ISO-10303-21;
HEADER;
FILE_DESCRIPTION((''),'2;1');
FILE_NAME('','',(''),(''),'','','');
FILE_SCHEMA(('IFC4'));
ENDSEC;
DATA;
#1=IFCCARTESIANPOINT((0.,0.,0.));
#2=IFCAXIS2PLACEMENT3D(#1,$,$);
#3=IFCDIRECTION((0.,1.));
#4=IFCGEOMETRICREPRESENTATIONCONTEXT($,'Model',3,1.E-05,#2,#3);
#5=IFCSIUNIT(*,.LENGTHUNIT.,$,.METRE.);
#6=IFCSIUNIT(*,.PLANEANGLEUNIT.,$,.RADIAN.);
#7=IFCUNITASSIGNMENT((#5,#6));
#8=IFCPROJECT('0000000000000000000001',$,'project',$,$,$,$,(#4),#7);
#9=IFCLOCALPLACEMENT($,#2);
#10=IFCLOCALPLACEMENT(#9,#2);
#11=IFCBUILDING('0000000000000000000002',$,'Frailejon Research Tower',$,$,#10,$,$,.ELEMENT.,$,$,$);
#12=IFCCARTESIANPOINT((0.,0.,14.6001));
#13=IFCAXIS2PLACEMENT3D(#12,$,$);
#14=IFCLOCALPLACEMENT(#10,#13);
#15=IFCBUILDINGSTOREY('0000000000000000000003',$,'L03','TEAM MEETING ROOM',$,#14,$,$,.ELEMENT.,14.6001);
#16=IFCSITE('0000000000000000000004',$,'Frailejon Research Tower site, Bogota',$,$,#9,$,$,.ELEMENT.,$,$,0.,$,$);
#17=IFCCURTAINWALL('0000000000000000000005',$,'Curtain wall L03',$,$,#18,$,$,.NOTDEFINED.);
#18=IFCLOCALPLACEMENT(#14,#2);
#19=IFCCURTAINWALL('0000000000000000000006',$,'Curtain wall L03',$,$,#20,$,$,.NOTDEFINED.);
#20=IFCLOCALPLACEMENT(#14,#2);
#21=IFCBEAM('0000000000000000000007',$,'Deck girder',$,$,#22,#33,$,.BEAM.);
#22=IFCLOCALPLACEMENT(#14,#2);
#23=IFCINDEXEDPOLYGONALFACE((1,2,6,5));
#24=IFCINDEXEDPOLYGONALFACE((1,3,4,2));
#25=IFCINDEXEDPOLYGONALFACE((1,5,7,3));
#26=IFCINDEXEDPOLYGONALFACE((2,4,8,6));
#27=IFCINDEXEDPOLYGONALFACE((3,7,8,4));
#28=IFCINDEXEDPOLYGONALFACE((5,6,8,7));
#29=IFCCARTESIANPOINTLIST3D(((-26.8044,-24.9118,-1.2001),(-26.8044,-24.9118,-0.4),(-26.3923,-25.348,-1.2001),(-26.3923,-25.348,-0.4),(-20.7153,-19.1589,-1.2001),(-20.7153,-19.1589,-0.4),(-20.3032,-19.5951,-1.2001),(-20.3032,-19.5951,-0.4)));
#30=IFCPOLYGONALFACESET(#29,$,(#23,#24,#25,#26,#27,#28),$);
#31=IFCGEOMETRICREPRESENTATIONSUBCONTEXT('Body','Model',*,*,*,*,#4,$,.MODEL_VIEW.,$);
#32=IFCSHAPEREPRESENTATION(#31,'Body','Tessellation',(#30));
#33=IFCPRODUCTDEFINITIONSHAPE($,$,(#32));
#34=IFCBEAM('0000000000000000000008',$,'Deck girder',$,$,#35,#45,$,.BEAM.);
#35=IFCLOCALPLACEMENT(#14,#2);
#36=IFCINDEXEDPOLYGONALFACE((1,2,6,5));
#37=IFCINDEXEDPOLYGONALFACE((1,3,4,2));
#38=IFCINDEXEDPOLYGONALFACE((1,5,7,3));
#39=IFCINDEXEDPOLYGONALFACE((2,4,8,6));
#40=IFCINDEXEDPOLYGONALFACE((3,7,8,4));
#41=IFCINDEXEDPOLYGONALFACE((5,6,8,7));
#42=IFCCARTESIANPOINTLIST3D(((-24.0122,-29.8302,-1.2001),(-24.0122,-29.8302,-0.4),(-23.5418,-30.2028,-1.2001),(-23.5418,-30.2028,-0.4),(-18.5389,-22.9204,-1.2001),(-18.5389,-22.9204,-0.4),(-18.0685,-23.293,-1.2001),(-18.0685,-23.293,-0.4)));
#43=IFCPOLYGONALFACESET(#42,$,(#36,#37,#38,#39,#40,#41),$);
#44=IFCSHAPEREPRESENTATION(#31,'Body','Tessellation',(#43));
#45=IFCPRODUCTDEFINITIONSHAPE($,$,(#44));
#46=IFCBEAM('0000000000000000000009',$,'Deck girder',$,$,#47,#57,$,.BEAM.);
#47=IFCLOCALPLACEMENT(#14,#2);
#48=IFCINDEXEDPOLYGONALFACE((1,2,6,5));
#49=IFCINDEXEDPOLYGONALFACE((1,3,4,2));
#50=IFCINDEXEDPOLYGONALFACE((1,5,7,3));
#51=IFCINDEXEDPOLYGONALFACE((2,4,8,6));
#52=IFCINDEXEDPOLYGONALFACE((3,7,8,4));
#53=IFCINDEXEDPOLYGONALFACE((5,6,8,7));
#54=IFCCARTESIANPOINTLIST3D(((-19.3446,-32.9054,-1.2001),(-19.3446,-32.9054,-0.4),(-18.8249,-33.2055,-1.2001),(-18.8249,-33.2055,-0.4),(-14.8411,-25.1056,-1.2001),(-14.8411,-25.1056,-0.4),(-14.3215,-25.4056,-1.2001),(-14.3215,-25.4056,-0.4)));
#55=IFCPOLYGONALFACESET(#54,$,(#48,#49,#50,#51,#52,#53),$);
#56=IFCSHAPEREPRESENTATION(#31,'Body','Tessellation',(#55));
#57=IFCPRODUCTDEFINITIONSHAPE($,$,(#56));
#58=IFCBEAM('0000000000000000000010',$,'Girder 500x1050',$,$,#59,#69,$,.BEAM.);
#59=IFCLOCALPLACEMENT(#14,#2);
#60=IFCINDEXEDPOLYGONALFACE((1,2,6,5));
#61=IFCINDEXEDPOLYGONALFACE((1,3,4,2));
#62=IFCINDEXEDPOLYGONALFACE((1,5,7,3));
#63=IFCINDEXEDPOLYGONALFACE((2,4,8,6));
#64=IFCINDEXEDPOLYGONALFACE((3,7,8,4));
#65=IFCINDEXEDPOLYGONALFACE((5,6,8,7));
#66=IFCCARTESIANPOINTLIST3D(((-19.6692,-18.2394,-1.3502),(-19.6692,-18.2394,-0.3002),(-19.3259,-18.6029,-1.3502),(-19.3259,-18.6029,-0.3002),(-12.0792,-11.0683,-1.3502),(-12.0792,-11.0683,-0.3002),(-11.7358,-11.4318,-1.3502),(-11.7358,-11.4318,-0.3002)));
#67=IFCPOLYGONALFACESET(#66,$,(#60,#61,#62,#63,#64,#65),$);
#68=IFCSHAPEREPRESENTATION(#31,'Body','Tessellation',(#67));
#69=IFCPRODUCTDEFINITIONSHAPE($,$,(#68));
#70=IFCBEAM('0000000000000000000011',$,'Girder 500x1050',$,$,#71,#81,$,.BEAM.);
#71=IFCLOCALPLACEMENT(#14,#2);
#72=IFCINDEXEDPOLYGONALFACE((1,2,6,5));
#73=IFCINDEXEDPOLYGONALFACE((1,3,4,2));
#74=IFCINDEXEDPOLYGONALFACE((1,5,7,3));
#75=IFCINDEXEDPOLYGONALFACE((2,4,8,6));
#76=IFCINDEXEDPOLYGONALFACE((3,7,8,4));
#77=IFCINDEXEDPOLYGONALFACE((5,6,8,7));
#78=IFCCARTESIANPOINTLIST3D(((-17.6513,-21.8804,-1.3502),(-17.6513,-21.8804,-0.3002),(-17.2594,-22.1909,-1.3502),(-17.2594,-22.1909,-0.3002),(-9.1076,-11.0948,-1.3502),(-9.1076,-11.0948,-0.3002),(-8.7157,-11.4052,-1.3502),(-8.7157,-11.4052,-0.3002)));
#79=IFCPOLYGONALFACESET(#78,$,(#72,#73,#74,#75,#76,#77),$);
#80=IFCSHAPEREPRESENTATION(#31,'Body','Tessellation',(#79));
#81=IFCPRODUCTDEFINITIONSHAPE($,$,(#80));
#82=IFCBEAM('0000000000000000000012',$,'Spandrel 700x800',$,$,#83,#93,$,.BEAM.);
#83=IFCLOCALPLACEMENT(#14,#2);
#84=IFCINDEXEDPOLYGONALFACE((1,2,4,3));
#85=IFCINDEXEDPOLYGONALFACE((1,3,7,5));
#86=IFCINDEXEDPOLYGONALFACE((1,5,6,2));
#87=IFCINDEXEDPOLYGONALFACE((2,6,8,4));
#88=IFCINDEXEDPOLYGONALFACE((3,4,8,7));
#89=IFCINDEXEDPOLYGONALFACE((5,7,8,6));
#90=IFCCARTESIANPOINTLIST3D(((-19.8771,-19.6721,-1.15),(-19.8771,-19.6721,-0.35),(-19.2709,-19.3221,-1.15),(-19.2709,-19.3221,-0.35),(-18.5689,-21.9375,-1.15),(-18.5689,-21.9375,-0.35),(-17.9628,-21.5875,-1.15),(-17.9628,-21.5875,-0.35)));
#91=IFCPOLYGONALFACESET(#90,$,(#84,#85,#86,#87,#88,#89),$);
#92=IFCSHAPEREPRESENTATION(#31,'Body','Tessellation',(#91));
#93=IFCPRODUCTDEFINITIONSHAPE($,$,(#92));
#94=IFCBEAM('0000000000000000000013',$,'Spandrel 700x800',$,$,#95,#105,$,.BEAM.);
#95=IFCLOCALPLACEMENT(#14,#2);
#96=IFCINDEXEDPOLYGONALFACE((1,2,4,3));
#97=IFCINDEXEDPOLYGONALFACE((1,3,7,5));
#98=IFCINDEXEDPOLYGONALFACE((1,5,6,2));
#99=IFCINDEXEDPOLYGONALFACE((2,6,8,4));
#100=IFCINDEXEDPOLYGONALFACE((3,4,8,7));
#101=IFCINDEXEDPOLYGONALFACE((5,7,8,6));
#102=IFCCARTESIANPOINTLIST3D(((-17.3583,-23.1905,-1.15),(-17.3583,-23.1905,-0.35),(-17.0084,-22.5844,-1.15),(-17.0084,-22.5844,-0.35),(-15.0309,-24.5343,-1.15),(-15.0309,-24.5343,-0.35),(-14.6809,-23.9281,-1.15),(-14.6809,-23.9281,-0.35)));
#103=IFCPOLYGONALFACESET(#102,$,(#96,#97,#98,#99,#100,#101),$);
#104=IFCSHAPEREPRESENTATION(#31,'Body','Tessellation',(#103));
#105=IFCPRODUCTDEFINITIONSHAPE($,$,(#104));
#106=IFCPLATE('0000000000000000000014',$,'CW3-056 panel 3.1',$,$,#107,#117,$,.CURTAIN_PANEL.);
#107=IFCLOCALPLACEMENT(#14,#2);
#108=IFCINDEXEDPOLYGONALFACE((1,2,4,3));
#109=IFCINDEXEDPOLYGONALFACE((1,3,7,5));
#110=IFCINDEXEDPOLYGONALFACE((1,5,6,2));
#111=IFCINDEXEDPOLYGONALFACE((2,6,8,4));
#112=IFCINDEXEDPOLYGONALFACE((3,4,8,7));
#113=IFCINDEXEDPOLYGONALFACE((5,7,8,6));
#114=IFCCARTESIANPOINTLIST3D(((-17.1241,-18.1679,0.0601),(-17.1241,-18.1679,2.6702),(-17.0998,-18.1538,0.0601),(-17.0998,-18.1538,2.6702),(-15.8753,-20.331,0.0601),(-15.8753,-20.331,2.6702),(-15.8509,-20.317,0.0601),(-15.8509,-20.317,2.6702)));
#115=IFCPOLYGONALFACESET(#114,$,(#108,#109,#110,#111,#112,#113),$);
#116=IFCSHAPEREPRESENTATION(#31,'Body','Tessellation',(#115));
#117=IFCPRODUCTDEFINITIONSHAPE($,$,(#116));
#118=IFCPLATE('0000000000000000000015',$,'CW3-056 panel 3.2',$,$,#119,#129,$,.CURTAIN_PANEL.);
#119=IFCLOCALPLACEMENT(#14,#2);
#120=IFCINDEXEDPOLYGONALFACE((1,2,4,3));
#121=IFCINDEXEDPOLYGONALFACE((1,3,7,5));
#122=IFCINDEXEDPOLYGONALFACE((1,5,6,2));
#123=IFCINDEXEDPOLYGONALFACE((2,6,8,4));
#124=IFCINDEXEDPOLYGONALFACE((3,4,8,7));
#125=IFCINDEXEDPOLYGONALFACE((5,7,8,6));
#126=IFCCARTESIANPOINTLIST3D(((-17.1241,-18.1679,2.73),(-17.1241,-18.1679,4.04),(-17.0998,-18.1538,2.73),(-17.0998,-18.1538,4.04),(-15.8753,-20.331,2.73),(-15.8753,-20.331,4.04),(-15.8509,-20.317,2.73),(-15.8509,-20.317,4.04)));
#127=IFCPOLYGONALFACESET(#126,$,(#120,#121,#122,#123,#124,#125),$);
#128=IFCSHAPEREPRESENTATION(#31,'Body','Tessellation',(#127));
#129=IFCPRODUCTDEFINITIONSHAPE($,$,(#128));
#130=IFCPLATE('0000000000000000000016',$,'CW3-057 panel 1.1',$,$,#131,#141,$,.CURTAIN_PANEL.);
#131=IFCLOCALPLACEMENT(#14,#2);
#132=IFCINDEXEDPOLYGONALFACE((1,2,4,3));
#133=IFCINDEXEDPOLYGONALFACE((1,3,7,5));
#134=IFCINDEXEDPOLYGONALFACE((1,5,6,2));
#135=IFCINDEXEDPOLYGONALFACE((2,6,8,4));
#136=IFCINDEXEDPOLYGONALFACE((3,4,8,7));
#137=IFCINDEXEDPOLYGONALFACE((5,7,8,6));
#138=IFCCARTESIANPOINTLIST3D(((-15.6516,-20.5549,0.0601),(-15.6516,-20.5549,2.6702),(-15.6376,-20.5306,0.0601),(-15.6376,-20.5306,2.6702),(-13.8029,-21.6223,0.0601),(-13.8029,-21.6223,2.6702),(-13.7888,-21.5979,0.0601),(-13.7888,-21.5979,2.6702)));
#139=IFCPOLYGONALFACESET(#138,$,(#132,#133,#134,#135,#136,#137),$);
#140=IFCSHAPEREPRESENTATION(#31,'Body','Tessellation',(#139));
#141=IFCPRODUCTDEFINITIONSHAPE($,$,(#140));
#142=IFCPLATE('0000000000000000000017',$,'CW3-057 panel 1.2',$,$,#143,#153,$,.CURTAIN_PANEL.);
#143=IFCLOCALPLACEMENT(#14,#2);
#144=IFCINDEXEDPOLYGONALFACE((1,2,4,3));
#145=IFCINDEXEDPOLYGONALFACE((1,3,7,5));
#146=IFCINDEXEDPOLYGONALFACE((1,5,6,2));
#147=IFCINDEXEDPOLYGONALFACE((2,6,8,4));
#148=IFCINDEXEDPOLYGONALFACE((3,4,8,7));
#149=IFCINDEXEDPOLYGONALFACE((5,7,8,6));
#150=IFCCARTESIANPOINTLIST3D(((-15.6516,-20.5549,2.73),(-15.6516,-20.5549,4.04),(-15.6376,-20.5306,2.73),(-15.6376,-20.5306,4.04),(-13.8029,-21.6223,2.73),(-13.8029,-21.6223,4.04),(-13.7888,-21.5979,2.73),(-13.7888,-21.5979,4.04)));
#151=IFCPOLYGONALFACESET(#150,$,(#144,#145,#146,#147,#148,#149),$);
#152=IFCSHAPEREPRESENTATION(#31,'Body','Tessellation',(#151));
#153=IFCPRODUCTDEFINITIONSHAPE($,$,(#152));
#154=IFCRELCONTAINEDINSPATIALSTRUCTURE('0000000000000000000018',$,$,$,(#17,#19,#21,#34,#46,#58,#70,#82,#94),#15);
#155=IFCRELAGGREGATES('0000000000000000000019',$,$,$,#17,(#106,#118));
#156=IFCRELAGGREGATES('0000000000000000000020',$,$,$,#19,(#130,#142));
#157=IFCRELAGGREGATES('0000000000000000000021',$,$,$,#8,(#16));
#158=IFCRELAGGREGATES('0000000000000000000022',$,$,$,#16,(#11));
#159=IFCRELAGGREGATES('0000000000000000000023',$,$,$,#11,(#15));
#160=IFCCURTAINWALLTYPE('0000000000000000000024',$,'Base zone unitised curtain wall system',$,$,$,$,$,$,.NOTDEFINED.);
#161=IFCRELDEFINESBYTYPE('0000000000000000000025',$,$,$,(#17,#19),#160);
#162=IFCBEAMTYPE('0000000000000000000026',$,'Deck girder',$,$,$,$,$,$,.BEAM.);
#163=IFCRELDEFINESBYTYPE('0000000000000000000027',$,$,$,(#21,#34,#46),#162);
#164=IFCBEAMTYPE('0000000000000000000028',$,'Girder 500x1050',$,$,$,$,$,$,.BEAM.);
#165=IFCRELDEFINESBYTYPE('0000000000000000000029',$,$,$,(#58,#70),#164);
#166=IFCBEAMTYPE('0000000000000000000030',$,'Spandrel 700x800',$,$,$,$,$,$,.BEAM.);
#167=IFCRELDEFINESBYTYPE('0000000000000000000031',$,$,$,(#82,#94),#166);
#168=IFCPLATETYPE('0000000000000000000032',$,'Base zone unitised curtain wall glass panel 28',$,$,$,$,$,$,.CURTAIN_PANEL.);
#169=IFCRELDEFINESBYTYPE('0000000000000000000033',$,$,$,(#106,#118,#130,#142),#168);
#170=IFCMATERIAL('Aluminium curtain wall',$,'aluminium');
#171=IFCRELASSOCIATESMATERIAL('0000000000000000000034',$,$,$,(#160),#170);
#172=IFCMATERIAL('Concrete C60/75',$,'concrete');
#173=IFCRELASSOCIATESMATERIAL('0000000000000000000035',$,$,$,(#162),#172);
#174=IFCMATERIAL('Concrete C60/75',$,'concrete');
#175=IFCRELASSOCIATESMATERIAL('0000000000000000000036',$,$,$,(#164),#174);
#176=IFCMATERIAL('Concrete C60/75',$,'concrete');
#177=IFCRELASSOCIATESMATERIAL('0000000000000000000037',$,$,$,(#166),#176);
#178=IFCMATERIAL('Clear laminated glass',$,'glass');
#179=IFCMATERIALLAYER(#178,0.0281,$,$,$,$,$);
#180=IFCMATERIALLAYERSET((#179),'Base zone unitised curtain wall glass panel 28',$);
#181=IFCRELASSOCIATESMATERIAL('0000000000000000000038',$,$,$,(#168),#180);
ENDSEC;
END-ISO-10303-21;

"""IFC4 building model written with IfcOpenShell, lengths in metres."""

from ifc_helpers import new_model, si_unit, direction, frame, origin, origin_2d, place, context, subcontext, project, spatial, rectangle, extrude, material, layer, layer_set, material_profile, profile_set, type_object, element, aggregate, save


model = new_model("IFC4")

# Units and contexts
model_context = context("Model", 3, precision=1e-05, world=origin(), true_north=direction((0.0, 1.0)))
body_context = subcontext(model_context, "Body", "Model", "MODEL_VIEW")
ifc_project = project(units=[si_unit("LENGTHUNIT", "METRE"), si_unit("PLANEANGLEUNIT", "RADIAN")], contexts=[model_context])

# Site, building, storey
site_placement = place(None, origin())
site = spatial("IfcSite", under=ifc_project, at=site_placement, Name="Frailejon Research Tower site, Bogota", CompositionType="ELEMENT", RefElevation=0.0)
building_placement = place(site_placement, origin())
building = spatial("IfcBuilding", under=site, at=building_placement, Name="Frailejon Research Tower", CompositionType="ELEMENT")
storey_placement = place(building_placement, frame((0.0, 0.0, 14.6001)))
storey = spatial("IfcBuildingStorey", under=building, at=storey_placement, Name="L03", Description="TEAM MEETING ROOM", CompositionType="ELEMENT", Elevation=14.6001)

# Curtain walls
ifc_material_1 = material(Name="Aluminium curtain wall", Category="aluminium")
curtain_wall_type = type_object("IfcCurtainWallType", Name="Base zone unitised curtain wall system", PredefinedType="NOTDEFINED", material=ifc_material_1)
curtain_wall_1_placement = place(storey_placement, origin())
curtain_wall_1 = element("IfcCurtainWall", 1, at=curtain_wall_1_placement, inside=storey, type_object=curtain_wall_type, Name="Curtain wall L03", PredefinedType="NOTDEFINED")
curtain_wall_2_placement = place(storey_placement, origin())
curtain_wall_2 = element("IfcCurtainWall", 2, at=curtain_wall_2_placement, inside=storey, type_object=curtain_wall_type, Name="Curtain wall L03", PredefinedType="NOTDEFINED")

# Beams
ifc_material_2 = material(Name="Concrete C60/75", Category="concrete")
ifc_material_profile_1 = material_profile(ifc_material_2, rectangle(XDim=0.6001, YDim=0.8, at=origin_2d()), Name="Deck girder")
ifc_profile_set_1 = profile_set([ifc_material_profile_1], Name="Concrete C60/75")
beam_type_1 = type_object("IfcBeamType", Name="Deck girder", PredefinedType="BEAM", material=ifc_profile_set_1)
beam_1_placement = place(storey_placement, frame((-20.5093, -19.377, -0.8), z_axis=(-0.726888, -0.686756, 0.0), x_axis=(0.686756, -0.726888, 0.0)))
element("IfcBeam", 3, at=beam_1_placement, inside=storey, type_object=beam_type_1, Name="Deck girder", PredefinedType="BEAM", context=body_context, shape_type="SweptSolid", body=[
    extrude(rectangle(XDim=0.6001, YDim=0.8, at=origin_2d()), origin(), (0.0, 0.0, 1.0), 8.377),
])
beam_2_placement = place(storey_placement, frame((-18.3037, -23.1067, -0.8), z_axis=(-0.620915, -0.783878, 0.0), x_axis=(0.783878, -0.620915, 0.0)))
element("IfcBeam", 4, at=beam_2_placement, inside=storey, type_object=beam_type_1, Name="Deck girder", PredefinedType="BEAM", context=body_context, shape_type="SweptSolid", body=[
    extrude(rectangle(XDim=0.6001, YDim=0.8, at=origin_2d()), origin(), (0.0, 0.0, 1.0), 8.8149),
])
beam_3_placement = place(storey_placement, frame((-14.5813, -25.2556, -0.8), z_axis=(-0.500017, -0.866016, 0.0), x_axis=(0.866016, -0.500017, 0.0)))
element("IfcBeam", 5, at=beam_3_placement, inside=storey, type_object=beam_type_1, Name="Deck girder", PredefinedType="BEAM", context=body_context, shape_type="SweptSolid", body=[
    extrude(rectangle(XDim=0.6001, YDim=0.8, at=origin_2d()), origin(), (0.0, 0.0, 1.0), 9.0066),
])
ifc_material_3 = material(Name="Concrete C60/75", Category="concrete")
ifc_material_profile_2 = material_profile(ifc_material_3, rectangle(XDim=0.5, YDim=1.05, at=origin_2d()), Name="Girder 500x1050")
ifc_profile_set_2 = profile_set([ifc_material_profile_2], Name="Concrete C60/75")
beam_type_2 = type_object("IfcBeamType", Name="Girder 500x1050", PredefinedType="BEAM", material=ifc_profile_set_2)
beam_4_placement = place(storey_placement, frame((-19.4976, -18.4211, -0.8252), z_axis=(0.726883, 0.686762, 0.0), x_axis=(-0.686762, 0.726883, 0.0)))
element("IfcBeam", 6, at=beam_4_placement, inside=storey, type_object=beam_type_2, Name="Girder 500x1050", PredefinedType="BEAM", context=body_context, shape_type="SweptSolid", body=[
    extrude(rectangle(XDim=0.5, YDim=1.05, at=origin_2d()), origin(), (0.0, 0.0, 1.0), 10.4419),
])
beam_5_placement = place(storey_placement, frame((-17.4553, -22.0356, -0.8252), z_axis=(0.620929, 0.783867, 0.0), x_axis=(-0.783867, 0.620929, 0.0)))
element("IfcBeam", 7, at=beam_5_placement, inside=storey, type_object=beam_type_2, Name="Girder 500x1050", PredefinedType="BEAM", context=body_context, shape_type="SweptSolid", body=[
    extrude(rectangle(XDim=0.5, YDim=1.05, at=origin_2d()), origin(), (0.0, 0.0, 1.0), 13.7595),
])
ifc_material_4 = material(Name="Concrete C60/75", Category="concrete")
ifc_material_profile_3 = material_profile(ifc_material_4, rectangle(XDim=0.7, YDim=0.8, at=origin_2d()), Name="Spandrel 700x800")
ifc_profile_set_3 = profile_set([ifc_material_profile_3], Name="Concrete C60/75")
beam_type_3 = type_object("IfcBeamType", Name="Spandrel 700x800", PredefinedType="BEAM", material=ifc_profile_set_3)
beam_6_placement = place(storey_placement, frame((-19.574, -19.4971, -0.75), z_axis=(0.500054, -0.865994, 0.0), x_axis=(0.865994, 0.500054, 0.0)))
element("IfcBeam", 8, at=beam_6_placement, inside=storey, type_object=beam_type_3, Name="Spandrel 700x800", PredefinedType="BEAM", context=body_context, shape_type="SweptSolid", body=[
    extrude(rectangle(XDim=0.7, YDim=0.8, at=origin_2d()), origin(), (0.0, 0.0, 1.0), 2.616),
])
beam_7_placement = place(storey_placement, frame((-17.1833, -22.8875, -0.75), z_axis=(0.866021, -0.500008, 0.0), x_axis=(0.500008, 0.866021, 0.0)))
element("IfcBeam", 9, at=beam_7_placement, inside=storey, type_object=beam_type_3, Name="Spandrel 700x800", PredefinedType="BEAM", context=body_context, shape_type="SweptSolid", body=[
    extrude(rectangle(XDim=0.7, YDim=0.8, at=origin_2d()), origin(), (0.0, 0.0, 1.0), 2.6875),
])

# Plates
ifc_material_5 = material(Name="Clear laminated glass", Category="glass")
ifc_layer = layer(ifc_material_5, 0.0281)
ifc_layer_set = layer_set([ifc_layer], Name="Base zone unitised curtain wall glass panel 28")
plate_type = type_object("IfcPlateType", Name="Base zone unitised curtain wall glass panel 28", PredefinedType="CURTAIN_PANEL", material=ifc_layer_set)
plate_1_placement = place(storey_placement, frame((-16.4875, -19.2424, 0.0601), z_axis=(0.0, 0.0, 1.0), x_axis=(0.499993, -0.866029, 0.0)))
plate_1 = element("IfcPlate", 10, at=plate_1_placement, type_object=plate_type, Name="CW3-056 panel 3.1", PredefinedType="CURTAIN_PANEL", context=body_context, shape_type="SweptSolid", body=[
    extrude(rectangle(XDim=2.4978, YDim=0.0281, at=origin_2d()), origin(), (0.0, 0.0, 1.0), 2.6101),
])
plate_2_placement = place(storey_placement, frame((-16.4875, -19.2424, 2.73), z_axis=(0.0, 0.0, 1.0), x_axis=(0.499993, -0.866029, 0.0)))
plate_2 = element("IfcPlate", 11, at=plate_2_placement, type_object=plate_type, Name="CW3-056 panel 3.2", PredefinedType="CURTAIN_PANEL", context=body_context, shape_type="SweptSolid", body=[
    extrude(rectangle(XDim=2.4978, YDim=0.0281, at=origin_2d()), origin(), (0.0, 0.0, 1.0), 1.3101),
])
aggregate(curtain_wall_1, [plate_1, plate_2])
plate_3_placement = place(storey_placement, frame((-14.7202, -21.0764, 0.0601), z_axis=(0.0, 0.0, 1.0), x_axis=(0.866026, -0.499998, 0.0)))
plate_3 = element("IfcPlate", 12, at=plate_3_placement, type_object=plate_type, Name="CW3-057 panel 1.1", PredefinedType="CURTAIN_PANEL", context=body_context, shape_type="SweptSolid", body=[
    extrude(rectangle(XDim=2.1348, YDim=0.0281, at=origin_2d()), origin(), (0.0, 0.0, 1.0), 2.6101),
])
plate_4_placement = place(storey_placement, frame((-14.7202, -21.0764, 2.73), z_axis=(0.0, 0.0, 1.0), x_axis=(0.866026, -0.499998, 0.0)))
plate_4 = element("IfcPlate", 13, at=plate_4_placement, type_object=plate_type, Name="CW3-057 panel 1.2", PredefinedType="CURTAIN_PANEL", context=body_context, shape_type="SweptSolid", body=[
    extrude(rectangle(XDim=2.1348, YDim=0.0281, at=origin_2d()), origin(), (0.0, 0.0, 1.0), 1.3101),
])
aggregate(curtain_wall_2, [plate_3, plate_4])

save(model, "model.ifc")
